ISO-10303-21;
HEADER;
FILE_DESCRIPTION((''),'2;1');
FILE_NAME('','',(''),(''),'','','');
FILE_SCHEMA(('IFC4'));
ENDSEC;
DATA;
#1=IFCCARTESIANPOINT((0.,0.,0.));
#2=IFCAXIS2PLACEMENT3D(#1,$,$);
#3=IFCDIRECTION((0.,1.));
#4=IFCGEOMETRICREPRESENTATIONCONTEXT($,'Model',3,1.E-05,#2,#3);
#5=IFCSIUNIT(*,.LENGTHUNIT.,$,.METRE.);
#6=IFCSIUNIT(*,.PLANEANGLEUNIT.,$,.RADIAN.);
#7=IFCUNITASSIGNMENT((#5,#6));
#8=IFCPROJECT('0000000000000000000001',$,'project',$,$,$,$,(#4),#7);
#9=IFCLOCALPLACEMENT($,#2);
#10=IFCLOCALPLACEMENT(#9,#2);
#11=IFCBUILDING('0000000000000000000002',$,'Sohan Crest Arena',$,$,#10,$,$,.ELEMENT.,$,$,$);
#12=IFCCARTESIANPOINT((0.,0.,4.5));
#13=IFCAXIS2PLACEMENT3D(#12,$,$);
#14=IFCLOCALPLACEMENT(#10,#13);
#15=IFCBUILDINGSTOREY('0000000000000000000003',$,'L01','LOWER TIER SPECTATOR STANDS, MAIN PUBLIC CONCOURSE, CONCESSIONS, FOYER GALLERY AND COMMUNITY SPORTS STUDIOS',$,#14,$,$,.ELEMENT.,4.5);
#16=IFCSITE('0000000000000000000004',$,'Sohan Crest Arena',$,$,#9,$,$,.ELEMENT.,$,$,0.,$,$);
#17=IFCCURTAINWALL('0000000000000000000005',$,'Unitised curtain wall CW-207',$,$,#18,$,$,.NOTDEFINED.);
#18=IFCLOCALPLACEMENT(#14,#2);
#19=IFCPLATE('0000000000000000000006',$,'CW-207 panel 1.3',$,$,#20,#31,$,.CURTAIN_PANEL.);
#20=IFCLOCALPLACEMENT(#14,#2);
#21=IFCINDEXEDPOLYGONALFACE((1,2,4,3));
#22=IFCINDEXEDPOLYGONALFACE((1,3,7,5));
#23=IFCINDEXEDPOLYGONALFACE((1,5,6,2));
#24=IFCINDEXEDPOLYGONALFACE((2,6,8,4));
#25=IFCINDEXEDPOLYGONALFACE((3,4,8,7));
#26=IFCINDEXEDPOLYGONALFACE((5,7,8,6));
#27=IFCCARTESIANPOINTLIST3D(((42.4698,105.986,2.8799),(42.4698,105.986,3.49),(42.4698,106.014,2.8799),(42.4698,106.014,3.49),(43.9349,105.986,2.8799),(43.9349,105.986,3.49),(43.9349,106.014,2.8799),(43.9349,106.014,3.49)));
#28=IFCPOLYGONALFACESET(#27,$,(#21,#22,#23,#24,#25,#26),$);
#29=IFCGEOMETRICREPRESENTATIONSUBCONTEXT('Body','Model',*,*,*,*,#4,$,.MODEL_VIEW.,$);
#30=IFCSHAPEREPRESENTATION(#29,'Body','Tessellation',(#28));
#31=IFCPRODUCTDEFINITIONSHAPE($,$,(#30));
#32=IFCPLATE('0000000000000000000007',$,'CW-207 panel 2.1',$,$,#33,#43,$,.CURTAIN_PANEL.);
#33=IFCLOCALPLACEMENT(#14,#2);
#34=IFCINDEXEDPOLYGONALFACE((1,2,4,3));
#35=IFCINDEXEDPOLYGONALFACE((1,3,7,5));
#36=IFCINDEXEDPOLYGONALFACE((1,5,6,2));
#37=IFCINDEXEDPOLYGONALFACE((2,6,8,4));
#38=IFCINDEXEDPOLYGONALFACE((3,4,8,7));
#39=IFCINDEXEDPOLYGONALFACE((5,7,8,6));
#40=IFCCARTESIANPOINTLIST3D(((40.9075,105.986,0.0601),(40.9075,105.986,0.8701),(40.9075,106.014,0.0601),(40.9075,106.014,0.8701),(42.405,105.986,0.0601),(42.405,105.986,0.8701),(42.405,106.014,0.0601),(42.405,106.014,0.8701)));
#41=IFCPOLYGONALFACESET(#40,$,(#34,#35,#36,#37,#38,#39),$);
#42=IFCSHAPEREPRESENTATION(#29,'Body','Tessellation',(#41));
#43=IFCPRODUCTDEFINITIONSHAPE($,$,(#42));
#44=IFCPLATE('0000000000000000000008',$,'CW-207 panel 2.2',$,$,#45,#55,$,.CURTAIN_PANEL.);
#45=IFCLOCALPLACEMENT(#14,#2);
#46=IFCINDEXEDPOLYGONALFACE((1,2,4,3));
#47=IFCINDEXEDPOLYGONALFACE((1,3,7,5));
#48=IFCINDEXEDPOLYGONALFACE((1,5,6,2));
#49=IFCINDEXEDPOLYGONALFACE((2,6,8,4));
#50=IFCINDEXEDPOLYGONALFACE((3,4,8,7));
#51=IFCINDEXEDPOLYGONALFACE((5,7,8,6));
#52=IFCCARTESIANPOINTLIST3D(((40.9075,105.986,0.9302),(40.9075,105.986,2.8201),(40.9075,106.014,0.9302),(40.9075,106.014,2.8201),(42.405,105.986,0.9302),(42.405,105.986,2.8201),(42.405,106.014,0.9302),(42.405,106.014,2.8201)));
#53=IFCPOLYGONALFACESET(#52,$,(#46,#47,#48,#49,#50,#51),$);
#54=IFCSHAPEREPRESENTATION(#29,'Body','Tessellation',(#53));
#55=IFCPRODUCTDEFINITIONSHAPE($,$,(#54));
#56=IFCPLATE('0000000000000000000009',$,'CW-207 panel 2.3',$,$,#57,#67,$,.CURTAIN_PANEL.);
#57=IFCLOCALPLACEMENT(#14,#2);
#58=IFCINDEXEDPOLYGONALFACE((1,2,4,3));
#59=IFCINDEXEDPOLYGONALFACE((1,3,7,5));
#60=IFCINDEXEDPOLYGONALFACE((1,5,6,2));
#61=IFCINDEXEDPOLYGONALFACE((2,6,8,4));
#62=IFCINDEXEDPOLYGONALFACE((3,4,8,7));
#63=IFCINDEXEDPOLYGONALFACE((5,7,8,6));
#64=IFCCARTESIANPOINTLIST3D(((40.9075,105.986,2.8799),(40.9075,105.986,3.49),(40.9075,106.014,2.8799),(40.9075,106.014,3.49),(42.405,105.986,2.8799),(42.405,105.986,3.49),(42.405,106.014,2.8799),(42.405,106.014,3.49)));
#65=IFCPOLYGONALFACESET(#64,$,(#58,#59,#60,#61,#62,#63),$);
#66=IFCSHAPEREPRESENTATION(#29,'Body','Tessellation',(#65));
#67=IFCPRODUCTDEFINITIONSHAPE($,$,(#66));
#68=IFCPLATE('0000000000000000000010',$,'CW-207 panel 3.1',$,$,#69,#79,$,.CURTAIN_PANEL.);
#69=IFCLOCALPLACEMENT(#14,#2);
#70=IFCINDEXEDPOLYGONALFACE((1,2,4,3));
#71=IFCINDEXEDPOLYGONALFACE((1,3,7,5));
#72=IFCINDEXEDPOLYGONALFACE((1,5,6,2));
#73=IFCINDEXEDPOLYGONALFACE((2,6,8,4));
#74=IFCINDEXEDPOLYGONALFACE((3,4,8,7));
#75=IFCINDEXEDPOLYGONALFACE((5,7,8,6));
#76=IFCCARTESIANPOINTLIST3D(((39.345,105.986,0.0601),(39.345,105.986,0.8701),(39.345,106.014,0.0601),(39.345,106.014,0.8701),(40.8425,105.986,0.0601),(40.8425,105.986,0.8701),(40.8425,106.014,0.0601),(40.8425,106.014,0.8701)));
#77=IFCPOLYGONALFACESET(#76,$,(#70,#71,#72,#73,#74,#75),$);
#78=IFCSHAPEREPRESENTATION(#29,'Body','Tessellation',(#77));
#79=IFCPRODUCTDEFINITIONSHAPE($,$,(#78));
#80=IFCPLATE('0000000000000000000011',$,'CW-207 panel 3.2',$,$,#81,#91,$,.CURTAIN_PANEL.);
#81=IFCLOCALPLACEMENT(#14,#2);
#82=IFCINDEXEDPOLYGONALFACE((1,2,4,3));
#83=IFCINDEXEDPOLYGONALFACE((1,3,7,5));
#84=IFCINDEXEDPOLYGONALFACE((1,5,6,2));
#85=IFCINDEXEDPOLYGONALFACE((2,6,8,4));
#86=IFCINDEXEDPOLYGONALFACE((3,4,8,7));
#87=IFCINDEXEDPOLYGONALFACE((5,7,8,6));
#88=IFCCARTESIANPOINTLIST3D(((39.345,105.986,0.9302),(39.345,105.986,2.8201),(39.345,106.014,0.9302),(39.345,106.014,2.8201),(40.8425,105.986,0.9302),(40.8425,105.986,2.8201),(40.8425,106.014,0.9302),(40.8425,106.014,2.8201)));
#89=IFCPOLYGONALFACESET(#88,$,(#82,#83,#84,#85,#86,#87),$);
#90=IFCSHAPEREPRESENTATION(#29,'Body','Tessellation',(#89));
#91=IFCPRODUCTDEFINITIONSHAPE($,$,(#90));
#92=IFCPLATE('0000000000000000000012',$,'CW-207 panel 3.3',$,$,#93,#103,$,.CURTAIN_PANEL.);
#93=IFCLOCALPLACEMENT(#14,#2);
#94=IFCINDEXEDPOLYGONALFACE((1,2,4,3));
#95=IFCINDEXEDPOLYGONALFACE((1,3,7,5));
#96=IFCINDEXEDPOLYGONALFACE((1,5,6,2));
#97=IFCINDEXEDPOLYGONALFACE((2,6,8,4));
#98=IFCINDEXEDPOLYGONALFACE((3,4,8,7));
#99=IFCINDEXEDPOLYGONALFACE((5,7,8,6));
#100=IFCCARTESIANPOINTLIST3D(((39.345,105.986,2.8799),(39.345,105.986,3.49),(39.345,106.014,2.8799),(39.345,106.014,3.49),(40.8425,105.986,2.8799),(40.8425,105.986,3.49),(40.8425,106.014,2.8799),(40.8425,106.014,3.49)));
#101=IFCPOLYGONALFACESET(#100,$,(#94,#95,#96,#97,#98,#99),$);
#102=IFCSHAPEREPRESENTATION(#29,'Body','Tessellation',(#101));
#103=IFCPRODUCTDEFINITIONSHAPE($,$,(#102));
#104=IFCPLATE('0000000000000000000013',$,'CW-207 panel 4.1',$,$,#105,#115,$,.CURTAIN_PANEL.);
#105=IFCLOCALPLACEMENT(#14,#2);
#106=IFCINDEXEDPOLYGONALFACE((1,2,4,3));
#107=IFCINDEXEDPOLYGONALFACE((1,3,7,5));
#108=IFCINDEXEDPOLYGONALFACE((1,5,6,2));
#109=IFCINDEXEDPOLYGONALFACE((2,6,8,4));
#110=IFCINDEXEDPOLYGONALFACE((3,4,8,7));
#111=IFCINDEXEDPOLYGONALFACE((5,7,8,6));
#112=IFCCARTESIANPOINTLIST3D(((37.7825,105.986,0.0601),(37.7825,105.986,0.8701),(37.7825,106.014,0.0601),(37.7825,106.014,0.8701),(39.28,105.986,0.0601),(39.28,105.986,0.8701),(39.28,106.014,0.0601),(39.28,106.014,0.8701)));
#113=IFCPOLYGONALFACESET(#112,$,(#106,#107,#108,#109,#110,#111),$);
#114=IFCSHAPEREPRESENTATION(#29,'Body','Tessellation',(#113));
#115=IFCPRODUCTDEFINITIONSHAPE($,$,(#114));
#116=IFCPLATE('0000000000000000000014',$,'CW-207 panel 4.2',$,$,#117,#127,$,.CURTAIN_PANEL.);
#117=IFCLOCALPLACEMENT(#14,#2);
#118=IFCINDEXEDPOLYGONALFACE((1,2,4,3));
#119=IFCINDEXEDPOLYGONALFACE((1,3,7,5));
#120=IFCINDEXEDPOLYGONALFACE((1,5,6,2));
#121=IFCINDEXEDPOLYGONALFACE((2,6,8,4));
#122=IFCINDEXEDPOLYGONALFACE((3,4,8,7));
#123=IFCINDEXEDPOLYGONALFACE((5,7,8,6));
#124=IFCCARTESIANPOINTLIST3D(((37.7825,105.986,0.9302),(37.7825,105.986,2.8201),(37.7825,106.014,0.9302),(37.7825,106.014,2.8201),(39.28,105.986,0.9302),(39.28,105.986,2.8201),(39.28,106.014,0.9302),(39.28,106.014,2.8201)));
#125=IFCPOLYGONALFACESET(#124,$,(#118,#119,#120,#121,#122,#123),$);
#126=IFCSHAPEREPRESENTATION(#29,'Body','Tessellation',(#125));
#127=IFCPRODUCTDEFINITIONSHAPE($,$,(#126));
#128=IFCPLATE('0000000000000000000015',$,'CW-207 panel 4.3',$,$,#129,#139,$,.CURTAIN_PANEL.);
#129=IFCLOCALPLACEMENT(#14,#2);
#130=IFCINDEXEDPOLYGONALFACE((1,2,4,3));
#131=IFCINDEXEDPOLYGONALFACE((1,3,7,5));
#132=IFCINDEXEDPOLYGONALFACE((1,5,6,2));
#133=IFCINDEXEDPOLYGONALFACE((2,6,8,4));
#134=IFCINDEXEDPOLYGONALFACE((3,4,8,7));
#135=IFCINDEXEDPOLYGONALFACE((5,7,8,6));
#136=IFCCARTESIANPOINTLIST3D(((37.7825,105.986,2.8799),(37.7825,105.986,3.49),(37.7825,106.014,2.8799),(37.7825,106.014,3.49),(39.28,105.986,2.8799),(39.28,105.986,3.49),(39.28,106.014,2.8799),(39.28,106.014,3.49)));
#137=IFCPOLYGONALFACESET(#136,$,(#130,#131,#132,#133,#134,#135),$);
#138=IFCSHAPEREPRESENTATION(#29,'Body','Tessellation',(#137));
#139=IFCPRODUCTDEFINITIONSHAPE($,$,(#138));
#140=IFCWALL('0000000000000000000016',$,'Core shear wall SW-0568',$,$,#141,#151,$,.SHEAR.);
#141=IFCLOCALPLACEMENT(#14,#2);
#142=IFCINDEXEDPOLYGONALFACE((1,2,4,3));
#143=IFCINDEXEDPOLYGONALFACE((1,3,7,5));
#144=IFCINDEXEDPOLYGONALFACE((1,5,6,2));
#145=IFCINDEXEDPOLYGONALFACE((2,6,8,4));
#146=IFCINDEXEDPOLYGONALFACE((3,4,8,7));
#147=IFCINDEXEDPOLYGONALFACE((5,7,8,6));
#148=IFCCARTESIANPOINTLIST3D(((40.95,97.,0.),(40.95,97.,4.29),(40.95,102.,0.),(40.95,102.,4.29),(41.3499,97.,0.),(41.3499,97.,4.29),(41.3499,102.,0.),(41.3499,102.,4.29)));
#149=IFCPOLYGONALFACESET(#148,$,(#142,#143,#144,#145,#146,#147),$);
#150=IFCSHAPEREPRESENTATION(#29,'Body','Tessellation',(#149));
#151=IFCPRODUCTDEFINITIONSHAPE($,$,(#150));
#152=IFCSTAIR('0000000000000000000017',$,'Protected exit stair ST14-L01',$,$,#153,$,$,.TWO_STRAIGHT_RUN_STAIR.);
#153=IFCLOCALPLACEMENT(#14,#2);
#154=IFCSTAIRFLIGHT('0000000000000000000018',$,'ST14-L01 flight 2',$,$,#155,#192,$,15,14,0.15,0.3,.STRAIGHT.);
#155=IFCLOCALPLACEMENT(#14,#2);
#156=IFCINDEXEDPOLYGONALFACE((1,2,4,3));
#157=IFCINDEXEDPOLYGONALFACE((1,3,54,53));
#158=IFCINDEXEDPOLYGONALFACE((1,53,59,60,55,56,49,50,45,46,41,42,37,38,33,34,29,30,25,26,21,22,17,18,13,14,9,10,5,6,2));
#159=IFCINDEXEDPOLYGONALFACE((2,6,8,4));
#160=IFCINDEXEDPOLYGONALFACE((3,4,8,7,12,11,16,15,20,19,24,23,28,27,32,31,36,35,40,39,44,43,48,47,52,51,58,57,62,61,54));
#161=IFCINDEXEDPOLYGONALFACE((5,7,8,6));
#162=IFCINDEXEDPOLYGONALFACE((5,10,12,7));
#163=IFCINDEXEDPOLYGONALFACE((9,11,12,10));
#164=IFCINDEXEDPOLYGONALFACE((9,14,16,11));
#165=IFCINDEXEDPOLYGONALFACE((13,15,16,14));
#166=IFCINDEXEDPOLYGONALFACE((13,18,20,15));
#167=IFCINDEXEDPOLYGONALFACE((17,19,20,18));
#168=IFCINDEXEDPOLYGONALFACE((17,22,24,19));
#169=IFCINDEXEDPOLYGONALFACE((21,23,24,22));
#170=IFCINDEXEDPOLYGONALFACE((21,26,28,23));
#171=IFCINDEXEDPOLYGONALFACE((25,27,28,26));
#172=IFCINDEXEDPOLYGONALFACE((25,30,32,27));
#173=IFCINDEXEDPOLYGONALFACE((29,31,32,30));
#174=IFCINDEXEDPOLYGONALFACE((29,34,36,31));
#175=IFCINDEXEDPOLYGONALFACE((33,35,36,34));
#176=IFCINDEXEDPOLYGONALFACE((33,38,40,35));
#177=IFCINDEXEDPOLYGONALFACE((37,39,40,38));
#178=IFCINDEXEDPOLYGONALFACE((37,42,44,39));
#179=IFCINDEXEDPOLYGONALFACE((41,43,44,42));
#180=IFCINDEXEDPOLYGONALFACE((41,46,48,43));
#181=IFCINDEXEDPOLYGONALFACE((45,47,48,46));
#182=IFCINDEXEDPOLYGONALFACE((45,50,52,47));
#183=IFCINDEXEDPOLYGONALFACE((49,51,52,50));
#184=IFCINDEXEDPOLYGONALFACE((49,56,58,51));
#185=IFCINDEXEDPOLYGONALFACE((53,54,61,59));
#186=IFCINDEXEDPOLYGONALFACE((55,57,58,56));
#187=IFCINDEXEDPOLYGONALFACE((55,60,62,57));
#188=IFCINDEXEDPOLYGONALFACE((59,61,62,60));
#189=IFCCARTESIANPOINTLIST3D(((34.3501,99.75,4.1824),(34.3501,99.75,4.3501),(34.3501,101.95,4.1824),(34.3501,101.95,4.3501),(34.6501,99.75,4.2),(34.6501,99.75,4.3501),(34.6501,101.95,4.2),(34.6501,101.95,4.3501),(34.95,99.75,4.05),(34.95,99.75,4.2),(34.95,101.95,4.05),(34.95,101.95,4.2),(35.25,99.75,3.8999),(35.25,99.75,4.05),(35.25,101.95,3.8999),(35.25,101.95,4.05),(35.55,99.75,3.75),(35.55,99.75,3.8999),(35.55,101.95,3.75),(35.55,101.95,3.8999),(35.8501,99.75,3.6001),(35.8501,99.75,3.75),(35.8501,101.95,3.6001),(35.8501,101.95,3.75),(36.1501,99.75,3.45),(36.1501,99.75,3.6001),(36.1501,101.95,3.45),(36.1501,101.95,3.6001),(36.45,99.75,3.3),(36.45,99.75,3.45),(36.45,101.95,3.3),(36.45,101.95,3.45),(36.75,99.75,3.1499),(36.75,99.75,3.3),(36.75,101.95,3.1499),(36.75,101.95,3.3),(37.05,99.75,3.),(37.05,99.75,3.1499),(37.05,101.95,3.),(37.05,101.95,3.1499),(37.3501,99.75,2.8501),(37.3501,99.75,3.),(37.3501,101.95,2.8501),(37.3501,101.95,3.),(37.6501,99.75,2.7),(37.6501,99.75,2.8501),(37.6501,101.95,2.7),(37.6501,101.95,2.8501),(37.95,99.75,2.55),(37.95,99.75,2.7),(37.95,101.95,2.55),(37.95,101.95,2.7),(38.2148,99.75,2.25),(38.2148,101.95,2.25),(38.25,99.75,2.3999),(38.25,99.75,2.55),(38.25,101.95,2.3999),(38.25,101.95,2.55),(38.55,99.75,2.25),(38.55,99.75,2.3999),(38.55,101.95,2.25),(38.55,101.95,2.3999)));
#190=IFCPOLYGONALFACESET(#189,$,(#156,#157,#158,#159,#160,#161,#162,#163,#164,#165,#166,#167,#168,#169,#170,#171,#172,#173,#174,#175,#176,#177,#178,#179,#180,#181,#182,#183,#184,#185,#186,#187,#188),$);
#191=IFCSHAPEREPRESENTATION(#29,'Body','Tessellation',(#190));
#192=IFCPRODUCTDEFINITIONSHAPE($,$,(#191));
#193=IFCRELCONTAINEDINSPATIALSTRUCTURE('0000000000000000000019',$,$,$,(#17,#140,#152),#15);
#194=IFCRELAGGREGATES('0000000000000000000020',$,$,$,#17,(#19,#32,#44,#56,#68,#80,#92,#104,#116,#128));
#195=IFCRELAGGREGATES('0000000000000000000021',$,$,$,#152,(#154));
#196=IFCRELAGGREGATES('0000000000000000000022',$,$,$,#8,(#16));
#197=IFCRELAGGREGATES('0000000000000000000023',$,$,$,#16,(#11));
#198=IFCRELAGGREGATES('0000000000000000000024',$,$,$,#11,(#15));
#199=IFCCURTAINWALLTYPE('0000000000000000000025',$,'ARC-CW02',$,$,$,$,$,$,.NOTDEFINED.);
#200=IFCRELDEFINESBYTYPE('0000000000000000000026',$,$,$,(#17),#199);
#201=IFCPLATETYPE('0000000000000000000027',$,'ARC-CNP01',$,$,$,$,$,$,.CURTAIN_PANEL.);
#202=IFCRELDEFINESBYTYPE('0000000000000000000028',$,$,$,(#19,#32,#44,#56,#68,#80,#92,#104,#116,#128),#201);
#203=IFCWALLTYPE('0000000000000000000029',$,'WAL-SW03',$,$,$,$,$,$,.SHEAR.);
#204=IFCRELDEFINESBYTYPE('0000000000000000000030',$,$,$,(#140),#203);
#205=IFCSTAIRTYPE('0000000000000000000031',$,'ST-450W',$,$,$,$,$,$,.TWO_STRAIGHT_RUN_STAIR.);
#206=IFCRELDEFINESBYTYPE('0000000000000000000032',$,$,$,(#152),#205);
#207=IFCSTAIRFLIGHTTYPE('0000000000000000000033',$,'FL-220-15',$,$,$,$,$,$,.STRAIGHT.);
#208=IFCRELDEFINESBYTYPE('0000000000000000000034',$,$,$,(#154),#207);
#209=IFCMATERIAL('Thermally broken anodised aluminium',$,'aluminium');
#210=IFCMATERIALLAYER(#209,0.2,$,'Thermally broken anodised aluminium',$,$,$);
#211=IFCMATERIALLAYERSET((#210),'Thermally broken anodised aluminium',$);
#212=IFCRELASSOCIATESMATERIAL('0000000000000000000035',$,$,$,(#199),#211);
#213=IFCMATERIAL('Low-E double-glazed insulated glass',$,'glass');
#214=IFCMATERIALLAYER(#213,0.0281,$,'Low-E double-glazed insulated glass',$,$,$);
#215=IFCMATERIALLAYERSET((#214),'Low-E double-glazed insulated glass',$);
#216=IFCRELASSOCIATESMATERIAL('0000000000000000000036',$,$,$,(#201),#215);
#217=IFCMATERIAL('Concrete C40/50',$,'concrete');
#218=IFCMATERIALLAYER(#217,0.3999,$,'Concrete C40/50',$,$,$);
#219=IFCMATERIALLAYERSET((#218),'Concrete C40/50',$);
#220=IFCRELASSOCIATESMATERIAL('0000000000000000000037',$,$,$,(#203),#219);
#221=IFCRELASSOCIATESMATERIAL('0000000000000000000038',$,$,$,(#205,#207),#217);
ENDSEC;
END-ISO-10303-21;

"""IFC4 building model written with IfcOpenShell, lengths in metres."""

from ifc_helpers import new_model, si_unit, direction, frame, frame_2d, origin, origin_2d, place, context, subcontext, project, spatial, polyline, rectangle, outline, extrude, material, layer, layer_set, type_object, element, aggregate, save


model = new_model("IFC4")

# Units and contexts
model_context = context("Model", 3, precision=1e-05, world=origin(), true_north=direction((0.0, 1.0)))
body_context = subcontext(model_context, "Body", "Model", "MODEL_VIEW")
ifc_project = project(units=[si_unit("LENGTHUNIT", "METRE"), si_unit("PLANEANGLEUNIT", "RADIAN")], contexts=[model_context])

# Site, building, storey
site_placement = place(None, origin())
site = spatial("IfcSite", under=ifc_project, at=site_placement, Name="Sohan Crest Arena", CompositionType="ELEMENT", RefElevation=0.0)
building_placement = place(site_placement, origin())
building = spatial("IfcBuilding", under=site, at=building_placement, Name="Sohan Crest Arena", CompositionType="ELEMENT")
storey_placement = place(building_placement, frame((0.0, 0.0, 4.5)))
storey = spatial("IfcBuildingStorey", under=building, at=storey_placement, Name="L01", Description="LOWER TIER SPECTATOR STANDS, MAIN PUBLIC CONCOURSE, CONCESSIONS, FOYER GALLERY AND COMMUNITY SPORTS STUDIOS", CompositionType="ELEMENT", Elevation=4.5)

# Shared definitions
ifc_material_1 = material(Name="Concrete C40/50", Category="concrete")

# Curtain wall, plates
ifc_material_2 = material(Name="Thermally broken anodised aluminium", Category="aluminium")
ifc_layer_1 = layer(ifc_material_2, 0.2, Name="Thermally broken anodised aluminium")
ifc_layer_set_1 = layer_set([ifc_layer_1], Name="Thermally broken anodised aluminium")
curtain_wall_type = type_object("IfcCurtainWallType", Name="ARC-CW02", PredefinedType="NOTDEFINED", material=ifc_layer_set_1)
curtain_wall_placement = place(storey_placement, origin())
curtain_wall = element("IfcCurtainWall", 1, at=curtain_wall_placement, inside=storey, type_object=curtain_wall_type, Name="Unitised curtain wall CW-207", PredefinedType="NOTDEFINED")
ifc_material_3 = material(Name="Low-E double-glazed insulated glass", Category="glass")
ifc_layer_2 = layer(ifc_material_3, 0.0281, Name="Low-E double-glazed insulated glass")
ifc_layer_set_2 = layer_set([ifc_layer_2], Name="Low-E double-glazed insulated glass")
plate_type = type_object("IfcPlateType", Name="ARC-CNP01", PredefinedType="CURTAIN_PANEL", material=ifc_layer_set_2)
plate_1_placement = place(storey_placement, frame((43.2024, 106.0, 2.8799), z_axis=(0.0, 0.0, 1.0), x_axis=(-1.0, 0.0, 0.0)))
plate_1 = element("IfcPlate", 2, at=plate_1_placement, type_object=plate_type, Name="CW-207 panel 1.3", PredefinedType="CURTAIN_PANEL", context=body_context, shape_type="SweptSolid", body=[
    extrude(rectangle(XDim=1.4651, YDim=0.0281, at=origin_2d()), origin(), (0.0, 0.0, 1.0), 0.6101),
])
plate_2_placement = place(storey_placement, frame((41.6562, 106.0, 0.0601), z_axis=(0.0, 0.0, 1.0), x_axis=(-1.0, 0.0, 0.0)))
plate_2 = element("IfcPlate", 3, at=plate_2_placement, type_object=plate_type, Name="CW-207 panel 2.1", PredefinedType="CURTAIN_PANEL", context=body_context, shape_type="SweptSolid", body=[
    extrude(rectangle(XDim=1.4976, YDim=0.0281, at=origin_2d()), origin(), (0.0, 0.0, 1.0), 0.8101),
])
plate_3_placement = place(storey_placement, frame((41.6562, 106.0, 0.9302), z_axis=(0.0, 0.0, 1.0), x_axis=(-1.0, 0.0, 0.0)))
plate_3 = element("IfcPlate", 4, at=plate_3_placement, type_object=plate_type, Name="CW-207 panel 2.2", PredefinedType="CURTAIN_PANEL", context=body_context, shape_type="SweptSolid", body=[
    extrude(rectangle(XDim=1.4976, YDim=0.0281, at=origin_2d()), origin(), (0.0, 0.0, 1.0), 1.8899),
])
plate_4_placement = place(storey_placement, frame((41.6562, 106.0, 2.8799), z_axis=(0.0, 0.0, 1.0), x_axis=(-1.0, 0.0, 0.0)))
plate_4 = element("IfcPlate", 5, at=plate_4_placement, type_object=plate_type, Name="CW-207 panel 2.3", PredefinedType="CURTAIN_PANEL", context=body_context, shape_type="SweptSolid", body=[
    extrude(rectangle(XDim=1.4976, YDim=0.0281, at=origin_2d()), origin(), (0.0, 0.0, 1.0), 0.6101),
])
plate_5_placement = place(storey_placement, frame((40.0938, 106.0, 0.0601), z_axis=(0.0, 0.0, 1.0), x_axis=(-1.0, 0.0, 0.0)))
plate_5 = element("IfcPlate", 6, at=plate_5_placement, type_object=plate_type, Name="CW-207 panel 3.1", PredefinedType="CURTAIN_PANEL", context=body_context, shape_type="SweptSolid", body=[
    extrude(rectangle(XDim=1.4976, YDim=0.0281, at=origin_2d()), origin(), (0.0, 0.0, 1.0), 0.8101),
])
plate_6_placement = place(storey_placement, frame((40.0938, 106.0, 0.9302), z_axis=(0.0, 0.0, 1.0), x_axis=(-1.0, 0.0, 0.0)))
plate_6 = element("IfcPlate", 7, at=plate_6_placement, type_object=plate_type, Name="CW-207 panel 3.2", PredefinedType="CURTAIN_PANEL", context=body_context, shape_type="SweptSolid", body=[
    extrude(rectangle(XDim=1.4976, YDim=0.0281, at=origin_2d()), origin(), (0.0, 0.0, 1.0), 1.8899),
])
plate_7_placement = place(storey_placement, frame((40.0938, 106.0, 2.8799), z_axis=(0.0, 0.0, 1.0), x_axis=(-1.0, 0.0, 0.0)))
plate_7 = element("IfcPlate", 8, at=plate_7_placement, type_object=plate_type, Name="CW-207 panel 3.3", PredefinedType="CURTAIN_PANEL", context=body_context, shape_type="SweptSolid", body=[
    extrude(rectangle(XDim=1.4976, YDim=0.0281, at=origin_2d()), origin(), (0.0, 0.0, 1.0), 0.6101),
])
plate_8_placement = place(storey_placement, frame((38.5312, 106.0, 0.0601), z_axis=(0.0, 0.0, 1.0), x_axis=(-1.0, 0.0, 0.0)))
plate_8 = element("IfcPlate", 9, at=plate_8_placement, type_object=plate_type, Name="CW-207 panel 4.1", PredefinedType="CURTAIN_PANEL", context=body_context, shape_type="SweptSolid", body=[
    extrude(rectangle(XDim=1.4976, YDim=0.0281, at=origin_2d()), origin(), (0.0, 0.0, 1.0), 0.8101),
])
plate_9_placement = place(storey_placement, frame((38.5312, 106.0, 0.9302), z_axis=(0.0, 0.0, 1.0), x_axis=(-1.0, 0.0, 0.0)))
plate_9 = element("IfcPlate", 10, at=plate_9_placement, type_object=plate_type, Name="CW-207 panel 4.2", PredefinedType="CURTAIN_PANEL", context=body_context, shape_type="SweptSolid", body=[
    extrude(rectangle(XDim=1.4976, YDim=0.0281, at=origin_2d()), origin(), (0.0, 0.0, 1.0), 1.8899),
])
plate_10_placement = place(storey_placement, frame((38.5312, 106.0, 2.8799), z_axis=(0.0, 0.0, 1.0), x_axis=(-1.0, 0.0, 0.0)))
plate_10 = element("IfcPlate", 11, at=plate_10_placement, type_object=plate_type, Name="CW-207 panel 4.3", PredefinedType="CURTAIN_PANEL", context=body_context, shape_type="SweptSolid", body=[
    extrude(rectangle(XDim=1.4976, YDim=0.0281, at=origin_2d()), origin(), (0.0, 0.0, 1.0), 0.6101),
])
aggregate(curtain_wall, [plate_1, plate_2, plate_3, plate_4, plate_5, plate_6, plate_7, plate_8, plate_9, plate_10])

# Wall
ifc_layer_3 = layer(ifc_material_1, 0.3999, Name="Concrete C40/50")
ifc_layer_set_3 = layer_set([ifc_layer_3], Name="Concrete C40/50")
wall_type = type_object("IfcWallType", Name="WAL-SW03", PredefinedType="SHEAR", material=ifc_layer_set_3)
wall_placement = place(storey_placement, frame((41.1499, 97.0, 0.0), z_axis=(0.0, 0.0, 1.0), x_axis=(0.0, 1.0, 0.0)))
element("IfcWall", 12, at=wall_placement, inside=storey, type_object=wall_type, Name="Core shear wall SW-0568", PredefinedType="SHEAR", context=body_context, shape_type="SweptSolid", body=[
    extrude(rectangle(XDim=5.0, YDim=0.3999, at=frame_2d((2.5, 0.0))), origin(), (0.0, 0.0, 1.0), 4.29),
])

# Stair, stair flight
stair_type = type_object("IfcStairType", Name="ST-450W", PredefinedType="TWO_STRAIGHT_RUN_STAIR", material=ifc_material_1)
stair_placement = place(storey_placement, origin())
stair = element("IfcStair", 13, at=stair_placement, inside=storey, type_object=stair_type, Name="Protected exit stair ST14-L01", PredefinedType="TWO_STRAIGHT_RUN_STAIR")
stair_flight_type = type_object("IfcStairFlightType", Name="FL-220-15", PredefinedType="STRAIGHT", material=ifc_material_1)
stair_flight_placement = place(storey_placement, frame((38.55, 100.8501, 2.25), z_axis=(0.0, 0.0, 1.0), x_axis=(-1.0, 0.0, 0.0)))
stair_flight = element("IfcStairFlight", 14, at=stair_flight_placement, type_object=stair_flight_type, Name="ST14-L01 flight 2", NumberOfRisers=15, NumberOfTreads=14, PredefinedType="STRAIGHT", RiserHeight=0.15, TreadLength=0.3, context=body_context, shape_type="SweptSolid", body=[
    extrude(outline(polyline([(0.0, 0.0), (0.0, 0.1499), (0.3, 0.1499), (0.3, 0.3), (0.6001, 0.3), (0.6001, 0.45), (0.8999, 0.45), (0.8999, 0.6001), (1.2, 0.6001), (1.2, 0.75), (1.5, 0.75), (1.5, 0.8999), (1.8, 0.8999), (1.8, 1.05), (2.1001, 1.05), (2.1001, 1.2), (2.3999, 1.2), (2.3999, 1.3501), (2.7, 1.3501), (2.7, 1.5), (3.0, 1.5), (3.0, 1.6499), (3.3, 1.6499), (3.3, 1.8), (3.6001, 1.8), (3.6001, 1.95), (3.8999, 1.95), (3.8999, 2.1001), (4.2, 2.1001), (4.2, 2.25), (4.2, 1.9324), (0.3352, 0.0), (0.0, 0.0)])), frame((0.0, 1.1001, 0.0), z_axis=(0.0, -1.0, 0.0), x_axis=(1.0, 0.0, 0.0)), (0.0, 0.0, 1.0), 2.2),
])
aggregate(stair, [stair_flight])

save(model, "model.ifc")
